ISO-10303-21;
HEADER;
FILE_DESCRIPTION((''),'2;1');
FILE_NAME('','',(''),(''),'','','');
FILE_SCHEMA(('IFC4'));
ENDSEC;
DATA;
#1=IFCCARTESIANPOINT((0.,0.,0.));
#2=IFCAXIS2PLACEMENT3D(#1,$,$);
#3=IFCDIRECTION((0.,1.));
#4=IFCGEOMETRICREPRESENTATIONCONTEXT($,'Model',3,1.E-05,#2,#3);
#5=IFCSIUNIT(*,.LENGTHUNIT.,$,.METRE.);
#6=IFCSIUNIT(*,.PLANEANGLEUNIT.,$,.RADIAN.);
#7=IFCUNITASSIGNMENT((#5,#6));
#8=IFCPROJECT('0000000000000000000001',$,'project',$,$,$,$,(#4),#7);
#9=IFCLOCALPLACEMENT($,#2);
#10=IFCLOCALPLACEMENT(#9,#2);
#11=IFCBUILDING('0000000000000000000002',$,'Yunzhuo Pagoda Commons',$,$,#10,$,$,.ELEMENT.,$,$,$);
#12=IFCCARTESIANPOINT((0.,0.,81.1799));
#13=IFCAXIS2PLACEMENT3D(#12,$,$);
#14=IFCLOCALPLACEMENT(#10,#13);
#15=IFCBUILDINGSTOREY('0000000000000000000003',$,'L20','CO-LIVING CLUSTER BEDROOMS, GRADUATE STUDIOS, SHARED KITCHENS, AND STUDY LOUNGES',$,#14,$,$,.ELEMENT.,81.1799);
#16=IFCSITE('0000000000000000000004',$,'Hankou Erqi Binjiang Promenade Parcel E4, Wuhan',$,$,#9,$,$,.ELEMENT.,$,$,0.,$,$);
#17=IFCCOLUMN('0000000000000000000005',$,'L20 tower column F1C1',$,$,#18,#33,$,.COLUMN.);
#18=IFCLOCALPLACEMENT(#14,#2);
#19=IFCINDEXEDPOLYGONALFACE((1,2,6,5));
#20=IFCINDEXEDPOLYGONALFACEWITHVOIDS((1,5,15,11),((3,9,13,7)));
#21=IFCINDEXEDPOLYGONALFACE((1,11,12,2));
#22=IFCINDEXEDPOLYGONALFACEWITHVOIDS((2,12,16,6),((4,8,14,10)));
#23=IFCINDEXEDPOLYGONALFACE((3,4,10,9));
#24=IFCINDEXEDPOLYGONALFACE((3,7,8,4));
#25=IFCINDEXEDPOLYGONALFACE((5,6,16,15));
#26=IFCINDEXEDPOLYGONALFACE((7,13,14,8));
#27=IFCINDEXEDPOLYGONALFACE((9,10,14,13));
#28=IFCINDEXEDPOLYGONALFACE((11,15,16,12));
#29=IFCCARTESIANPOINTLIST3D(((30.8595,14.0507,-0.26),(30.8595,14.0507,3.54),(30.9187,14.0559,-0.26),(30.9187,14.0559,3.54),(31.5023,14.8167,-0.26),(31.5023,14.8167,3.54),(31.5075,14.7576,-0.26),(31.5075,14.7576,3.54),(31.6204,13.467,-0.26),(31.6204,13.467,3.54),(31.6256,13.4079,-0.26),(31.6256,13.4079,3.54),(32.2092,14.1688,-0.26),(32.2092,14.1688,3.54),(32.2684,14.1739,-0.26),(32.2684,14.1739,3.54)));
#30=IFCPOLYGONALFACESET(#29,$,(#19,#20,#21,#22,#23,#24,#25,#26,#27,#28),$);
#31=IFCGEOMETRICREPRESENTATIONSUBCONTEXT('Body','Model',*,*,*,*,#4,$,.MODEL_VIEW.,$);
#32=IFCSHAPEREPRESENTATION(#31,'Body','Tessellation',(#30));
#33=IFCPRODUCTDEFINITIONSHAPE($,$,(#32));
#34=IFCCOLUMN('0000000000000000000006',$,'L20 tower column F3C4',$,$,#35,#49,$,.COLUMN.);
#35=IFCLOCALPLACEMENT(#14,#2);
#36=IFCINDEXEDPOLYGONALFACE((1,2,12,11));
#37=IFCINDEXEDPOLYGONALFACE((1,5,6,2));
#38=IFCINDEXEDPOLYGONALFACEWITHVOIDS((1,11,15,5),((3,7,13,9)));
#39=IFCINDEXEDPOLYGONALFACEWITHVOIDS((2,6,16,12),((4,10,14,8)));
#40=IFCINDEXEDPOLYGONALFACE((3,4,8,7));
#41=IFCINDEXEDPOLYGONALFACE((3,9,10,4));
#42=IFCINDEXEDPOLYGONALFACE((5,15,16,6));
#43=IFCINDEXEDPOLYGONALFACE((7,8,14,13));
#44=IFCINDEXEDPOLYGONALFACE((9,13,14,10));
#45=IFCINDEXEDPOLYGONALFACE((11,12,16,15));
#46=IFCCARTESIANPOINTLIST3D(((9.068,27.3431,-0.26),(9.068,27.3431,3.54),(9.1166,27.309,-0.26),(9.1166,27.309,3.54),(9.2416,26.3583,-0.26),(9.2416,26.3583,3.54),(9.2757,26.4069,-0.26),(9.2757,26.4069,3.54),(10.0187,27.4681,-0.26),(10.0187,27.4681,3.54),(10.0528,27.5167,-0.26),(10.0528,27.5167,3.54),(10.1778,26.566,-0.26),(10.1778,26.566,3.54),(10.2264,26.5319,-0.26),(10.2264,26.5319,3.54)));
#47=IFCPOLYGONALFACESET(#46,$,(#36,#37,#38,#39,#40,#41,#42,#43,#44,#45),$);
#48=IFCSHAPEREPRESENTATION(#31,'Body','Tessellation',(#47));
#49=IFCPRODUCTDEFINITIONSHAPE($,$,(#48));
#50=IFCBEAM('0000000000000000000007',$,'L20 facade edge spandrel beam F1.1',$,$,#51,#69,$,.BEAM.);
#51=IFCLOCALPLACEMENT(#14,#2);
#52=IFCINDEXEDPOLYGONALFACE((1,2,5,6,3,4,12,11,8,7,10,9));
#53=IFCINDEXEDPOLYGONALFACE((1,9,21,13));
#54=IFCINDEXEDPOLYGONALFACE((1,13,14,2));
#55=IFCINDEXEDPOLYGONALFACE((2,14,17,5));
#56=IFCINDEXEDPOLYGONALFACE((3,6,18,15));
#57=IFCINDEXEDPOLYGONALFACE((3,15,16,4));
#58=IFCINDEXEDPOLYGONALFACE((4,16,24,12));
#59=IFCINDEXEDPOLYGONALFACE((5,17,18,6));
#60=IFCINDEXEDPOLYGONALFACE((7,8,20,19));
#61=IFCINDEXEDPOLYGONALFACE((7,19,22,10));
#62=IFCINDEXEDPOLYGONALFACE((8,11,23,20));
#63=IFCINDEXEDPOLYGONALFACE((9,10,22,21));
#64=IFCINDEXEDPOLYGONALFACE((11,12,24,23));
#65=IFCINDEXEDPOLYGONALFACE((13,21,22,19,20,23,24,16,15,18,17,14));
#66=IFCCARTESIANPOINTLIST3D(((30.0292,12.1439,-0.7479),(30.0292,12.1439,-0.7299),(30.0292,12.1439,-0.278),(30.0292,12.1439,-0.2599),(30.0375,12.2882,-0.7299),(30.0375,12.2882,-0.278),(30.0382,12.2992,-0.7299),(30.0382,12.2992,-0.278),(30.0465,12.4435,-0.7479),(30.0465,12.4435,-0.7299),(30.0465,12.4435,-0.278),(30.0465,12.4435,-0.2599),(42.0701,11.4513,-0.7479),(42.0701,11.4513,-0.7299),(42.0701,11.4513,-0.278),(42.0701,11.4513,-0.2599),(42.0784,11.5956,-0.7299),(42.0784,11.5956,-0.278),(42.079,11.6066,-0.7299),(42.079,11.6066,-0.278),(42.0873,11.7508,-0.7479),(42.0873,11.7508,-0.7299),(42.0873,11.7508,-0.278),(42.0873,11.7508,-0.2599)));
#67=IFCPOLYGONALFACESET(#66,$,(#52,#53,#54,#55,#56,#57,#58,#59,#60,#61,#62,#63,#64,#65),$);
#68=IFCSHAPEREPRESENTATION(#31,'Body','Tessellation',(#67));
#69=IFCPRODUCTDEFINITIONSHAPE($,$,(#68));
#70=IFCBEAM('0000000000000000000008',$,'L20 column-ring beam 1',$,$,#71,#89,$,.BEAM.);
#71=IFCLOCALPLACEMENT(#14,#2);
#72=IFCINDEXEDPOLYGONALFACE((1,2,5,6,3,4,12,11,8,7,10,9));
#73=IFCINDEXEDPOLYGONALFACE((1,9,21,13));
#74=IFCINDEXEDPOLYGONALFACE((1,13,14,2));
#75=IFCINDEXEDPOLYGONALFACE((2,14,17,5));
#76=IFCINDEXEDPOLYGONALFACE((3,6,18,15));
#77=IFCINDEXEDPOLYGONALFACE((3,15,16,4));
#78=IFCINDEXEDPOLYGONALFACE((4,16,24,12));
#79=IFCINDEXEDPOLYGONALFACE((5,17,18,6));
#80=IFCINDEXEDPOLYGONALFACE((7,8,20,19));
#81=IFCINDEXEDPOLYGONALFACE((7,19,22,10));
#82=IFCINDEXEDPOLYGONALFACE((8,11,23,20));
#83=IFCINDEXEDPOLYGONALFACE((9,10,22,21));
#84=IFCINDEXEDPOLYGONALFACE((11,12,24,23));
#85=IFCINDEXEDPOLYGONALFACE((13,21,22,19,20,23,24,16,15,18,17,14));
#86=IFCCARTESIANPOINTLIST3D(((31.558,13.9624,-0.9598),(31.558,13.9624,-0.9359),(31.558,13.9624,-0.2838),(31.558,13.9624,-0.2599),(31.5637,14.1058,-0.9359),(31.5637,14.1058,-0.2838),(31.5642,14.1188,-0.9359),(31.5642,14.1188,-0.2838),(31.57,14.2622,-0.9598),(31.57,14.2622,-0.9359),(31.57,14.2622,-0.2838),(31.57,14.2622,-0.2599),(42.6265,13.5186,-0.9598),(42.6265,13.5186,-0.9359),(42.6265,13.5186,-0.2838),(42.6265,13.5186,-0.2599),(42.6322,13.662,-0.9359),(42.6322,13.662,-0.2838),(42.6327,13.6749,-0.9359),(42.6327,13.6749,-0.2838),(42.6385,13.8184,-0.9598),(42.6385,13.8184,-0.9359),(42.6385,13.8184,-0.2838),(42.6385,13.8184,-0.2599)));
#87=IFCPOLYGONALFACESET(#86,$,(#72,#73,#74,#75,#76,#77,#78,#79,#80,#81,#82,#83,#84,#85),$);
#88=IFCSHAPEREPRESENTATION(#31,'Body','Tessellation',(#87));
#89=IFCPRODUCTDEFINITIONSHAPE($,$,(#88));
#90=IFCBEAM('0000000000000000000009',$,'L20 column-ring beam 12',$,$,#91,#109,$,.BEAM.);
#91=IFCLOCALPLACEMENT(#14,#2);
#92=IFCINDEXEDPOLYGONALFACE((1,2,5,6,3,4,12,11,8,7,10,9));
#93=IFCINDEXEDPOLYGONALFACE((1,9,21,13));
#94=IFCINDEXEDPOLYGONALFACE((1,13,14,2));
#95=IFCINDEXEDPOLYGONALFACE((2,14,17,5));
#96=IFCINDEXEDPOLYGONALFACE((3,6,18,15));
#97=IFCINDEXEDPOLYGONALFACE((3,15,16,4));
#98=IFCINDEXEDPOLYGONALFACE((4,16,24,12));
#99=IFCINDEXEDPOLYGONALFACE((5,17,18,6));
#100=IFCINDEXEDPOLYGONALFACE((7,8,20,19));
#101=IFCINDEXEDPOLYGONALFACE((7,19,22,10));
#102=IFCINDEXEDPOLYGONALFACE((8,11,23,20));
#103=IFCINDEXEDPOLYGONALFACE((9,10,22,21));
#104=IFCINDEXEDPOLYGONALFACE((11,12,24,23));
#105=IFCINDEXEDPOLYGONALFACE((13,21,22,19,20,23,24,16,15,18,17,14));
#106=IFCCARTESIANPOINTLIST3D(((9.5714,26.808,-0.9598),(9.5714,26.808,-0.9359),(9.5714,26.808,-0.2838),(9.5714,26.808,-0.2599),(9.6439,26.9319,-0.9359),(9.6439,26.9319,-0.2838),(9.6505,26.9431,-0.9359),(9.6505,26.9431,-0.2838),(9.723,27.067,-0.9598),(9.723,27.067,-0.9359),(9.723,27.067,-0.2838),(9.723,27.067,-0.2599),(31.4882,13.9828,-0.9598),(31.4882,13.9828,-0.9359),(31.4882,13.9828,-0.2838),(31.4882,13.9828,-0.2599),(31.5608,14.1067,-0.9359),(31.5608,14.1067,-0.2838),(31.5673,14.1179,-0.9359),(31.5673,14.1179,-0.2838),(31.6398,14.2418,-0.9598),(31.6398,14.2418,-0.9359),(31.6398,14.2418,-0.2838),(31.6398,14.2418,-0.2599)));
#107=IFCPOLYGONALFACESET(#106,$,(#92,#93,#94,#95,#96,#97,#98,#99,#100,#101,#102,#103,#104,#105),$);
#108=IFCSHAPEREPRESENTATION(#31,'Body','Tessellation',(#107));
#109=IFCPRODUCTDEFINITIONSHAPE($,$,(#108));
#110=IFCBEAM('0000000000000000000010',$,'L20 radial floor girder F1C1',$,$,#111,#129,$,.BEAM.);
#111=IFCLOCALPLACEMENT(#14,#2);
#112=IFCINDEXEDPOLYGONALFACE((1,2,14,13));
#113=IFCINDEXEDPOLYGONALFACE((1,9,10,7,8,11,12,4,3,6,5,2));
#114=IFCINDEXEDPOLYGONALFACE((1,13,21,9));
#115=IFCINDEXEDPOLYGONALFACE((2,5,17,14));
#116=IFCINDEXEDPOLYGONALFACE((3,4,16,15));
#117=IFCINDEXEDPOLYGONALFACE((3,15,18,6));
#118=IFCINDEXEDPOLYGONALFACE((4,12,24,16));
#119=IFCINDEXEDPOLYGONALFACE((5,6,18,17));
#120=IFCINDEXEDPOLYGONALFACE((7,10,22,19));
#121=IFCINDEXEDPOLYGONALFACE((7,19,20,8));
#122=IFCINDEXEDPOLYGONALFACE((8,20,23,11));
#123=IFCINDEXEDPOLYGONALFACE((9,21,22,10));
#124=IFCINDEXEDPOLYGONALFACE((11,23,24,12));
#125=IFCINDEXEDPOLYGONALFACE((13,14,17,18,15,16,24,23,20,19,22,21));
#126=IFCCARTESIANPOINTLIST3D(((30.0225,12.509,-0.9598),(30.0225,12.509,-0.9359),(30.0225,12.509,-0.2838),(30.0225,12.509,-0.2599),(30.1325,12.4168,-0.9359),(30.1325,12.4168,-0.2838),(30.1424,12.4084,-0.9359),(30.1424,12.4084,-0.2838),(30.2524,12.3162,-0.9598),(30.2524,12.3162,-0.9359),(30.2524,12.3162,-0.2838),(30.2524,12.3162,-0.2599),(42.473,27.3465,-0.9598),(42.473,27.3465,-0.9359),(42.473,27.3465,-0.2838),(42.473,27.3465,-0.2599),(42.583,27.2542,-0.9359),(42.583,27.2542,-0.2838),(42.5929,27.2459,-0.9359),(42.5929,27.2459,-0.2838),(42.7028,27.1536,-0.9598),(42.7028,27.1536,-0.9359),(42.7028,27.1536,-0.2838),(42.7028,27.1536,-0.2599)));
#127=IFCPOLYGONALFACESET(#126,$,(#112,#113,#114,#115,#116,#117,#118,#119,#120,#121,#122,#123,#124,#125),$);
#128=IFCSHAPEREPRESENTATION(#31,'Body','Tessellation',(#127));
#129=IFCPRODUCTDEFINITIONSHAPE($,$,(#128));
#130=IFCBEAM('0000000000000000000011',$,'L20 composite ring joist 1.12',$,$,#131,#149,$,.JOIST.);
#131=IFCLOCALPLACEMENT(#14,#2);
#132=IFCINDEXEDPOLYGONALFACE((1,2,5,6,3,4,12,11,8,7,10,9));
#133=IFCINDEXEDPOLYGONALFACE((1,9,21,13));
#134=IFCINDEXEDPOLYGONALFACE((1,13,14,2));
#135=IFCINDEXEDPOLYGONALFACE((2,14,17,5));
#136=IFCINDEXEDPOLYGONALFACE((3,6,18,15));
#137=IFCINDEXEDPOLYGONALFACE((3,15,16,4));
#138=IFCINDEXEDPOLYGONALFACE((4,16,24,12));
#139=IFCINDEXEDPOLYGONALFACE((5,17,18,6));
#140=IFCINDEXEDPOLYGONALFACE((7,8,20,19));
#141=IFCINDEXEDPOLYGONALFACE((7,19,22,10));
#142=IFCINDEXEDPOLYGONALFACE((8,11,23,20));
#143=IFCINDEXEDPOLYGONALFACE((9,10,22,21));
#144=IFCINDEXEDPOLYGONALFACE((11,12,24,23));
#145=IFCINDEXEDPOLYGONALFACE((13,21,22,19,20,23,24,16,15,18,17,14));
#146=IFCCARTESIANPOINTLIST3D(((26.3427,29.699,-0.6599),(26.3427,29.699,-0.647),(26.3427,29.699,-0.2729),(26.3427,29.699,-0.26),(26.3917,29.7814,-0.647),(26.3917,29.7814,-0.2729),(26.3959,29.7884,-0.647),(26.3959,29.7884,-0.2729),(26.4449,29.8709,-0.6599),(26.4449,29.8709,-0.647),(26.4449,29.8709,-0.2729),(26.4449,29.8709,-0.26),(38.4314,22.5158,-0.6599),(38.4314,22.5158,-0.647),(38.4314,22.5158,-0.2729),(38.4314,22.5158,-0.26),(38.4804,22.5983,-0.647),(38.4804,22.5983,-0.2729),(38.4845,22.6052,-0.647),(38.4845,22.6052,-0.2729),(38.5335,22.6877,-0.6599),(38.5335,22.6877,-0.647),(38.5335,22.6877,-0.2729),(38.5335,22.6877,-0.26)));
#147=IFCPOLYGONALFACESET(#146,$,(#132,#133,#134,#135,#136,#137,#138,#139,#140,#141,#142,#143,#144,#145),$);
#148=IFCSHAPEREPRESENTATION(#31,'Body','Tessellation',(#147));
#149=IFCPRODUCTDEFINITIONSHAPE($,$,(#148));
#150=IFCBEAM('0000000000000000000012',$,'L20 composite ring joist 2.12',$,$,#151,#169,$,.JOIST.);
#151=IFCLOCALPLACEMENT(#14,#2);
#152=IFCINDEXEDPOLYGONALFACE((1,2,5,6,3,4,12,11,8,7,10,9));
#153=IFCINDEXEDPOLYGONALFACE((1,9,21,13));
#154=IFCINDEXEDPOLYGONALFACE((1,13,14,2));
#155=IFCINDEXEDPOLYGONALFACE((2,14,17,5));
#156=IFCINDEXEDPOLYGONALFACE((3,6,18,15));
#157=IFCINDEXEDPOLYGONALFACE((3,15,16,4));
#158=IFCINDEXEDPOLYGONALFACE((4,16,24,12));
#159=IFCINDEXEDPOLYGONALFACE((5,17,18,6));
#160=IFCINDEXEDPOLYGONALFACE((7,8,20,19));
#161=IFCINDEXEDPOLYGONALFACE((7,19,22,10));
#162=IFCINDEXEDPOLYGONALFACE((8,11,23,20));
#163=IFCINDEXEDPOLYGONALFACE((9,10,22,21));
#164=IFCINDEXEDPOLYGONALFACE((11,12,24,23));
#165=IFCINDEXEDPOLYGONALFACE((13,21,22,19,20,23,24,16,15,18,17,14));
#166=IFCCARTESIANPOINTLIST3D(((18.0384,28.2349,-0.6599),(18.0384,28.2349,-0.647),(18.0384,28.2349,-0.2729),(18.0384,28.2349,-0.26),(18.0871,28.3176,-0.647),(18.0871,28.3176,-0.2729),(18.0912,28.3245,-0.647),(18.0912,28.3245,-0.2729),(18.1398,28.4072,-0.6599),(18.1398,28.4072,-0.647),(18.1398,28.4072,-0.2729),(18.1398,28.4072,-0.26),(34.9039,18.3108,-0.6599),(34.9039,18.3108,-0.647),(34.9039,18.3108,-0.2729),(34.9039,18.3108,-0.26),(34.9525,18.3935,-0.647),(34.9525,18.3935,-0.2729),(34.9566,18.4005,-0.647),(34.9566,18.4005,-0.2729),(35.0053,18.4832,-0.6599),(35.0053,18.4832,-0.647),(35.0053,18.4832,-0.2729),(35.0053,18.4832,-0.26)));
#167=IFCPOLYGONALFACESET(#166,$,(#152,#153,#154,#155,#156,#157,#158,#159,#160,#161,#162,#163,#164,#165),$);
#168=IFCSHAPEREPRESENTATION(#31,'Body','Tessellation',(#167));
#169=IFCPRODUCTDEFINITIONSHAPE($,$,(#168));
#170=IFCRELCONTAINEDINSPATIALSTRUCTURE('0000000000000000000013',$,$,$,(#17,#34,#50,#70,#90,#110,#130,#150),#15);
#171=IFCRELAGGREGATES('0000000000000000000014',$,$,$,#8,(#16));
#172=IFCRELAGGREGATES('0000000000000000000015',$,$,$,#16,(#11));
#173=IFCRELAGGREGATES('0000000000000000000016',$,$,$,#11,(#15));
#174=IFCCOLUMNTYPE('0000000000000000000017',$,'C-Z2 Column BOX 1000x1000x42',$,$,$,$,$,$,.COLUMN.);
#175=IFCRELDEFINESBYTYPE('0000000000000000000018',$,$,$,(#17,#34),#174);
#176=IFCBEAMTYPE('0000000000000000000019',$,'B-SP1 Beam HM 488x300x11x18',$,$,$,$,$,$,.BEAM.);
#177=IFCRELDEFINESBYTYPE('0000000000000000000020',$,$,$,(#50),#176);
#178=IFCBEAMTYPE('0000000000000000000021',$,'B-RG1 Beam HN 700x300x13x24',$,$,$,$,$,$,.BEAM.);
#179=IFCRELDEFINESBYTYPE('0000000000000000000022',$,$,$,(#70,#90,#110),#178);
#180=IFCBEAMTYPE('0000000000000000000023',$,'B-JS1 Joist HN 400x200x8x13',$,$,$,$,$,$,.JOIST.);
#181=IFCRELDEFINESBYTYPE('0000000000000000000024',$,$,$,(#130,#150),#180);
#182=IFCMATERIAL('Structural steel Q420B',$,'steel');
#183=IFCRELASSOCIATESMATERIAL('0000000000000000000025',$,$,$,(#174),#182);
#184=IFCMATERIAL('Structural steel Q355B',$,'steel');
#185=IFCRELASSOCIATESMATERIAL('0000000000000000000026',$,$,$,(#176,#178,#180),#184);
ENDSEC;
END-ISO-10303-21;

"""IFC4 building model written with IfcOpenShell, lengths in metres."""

from ifc_helpers import new_model, si_unit, direction, frame, origin, origin_2d, place, context, subcontext, project, spatial, hollow_rectangle, i_section, extrude, source, transform, mapped, material, material_profile, profile_set, type_object, element, save


model = new_model("IFC4")

# Units and contexts
model_context = context("Model", 3, precision=1e-05, world=origin(), true_north=direction((0.0, 1.0)))
body_context = subcontext(model_context, "Body", "Model", "MODEL_VIEW")
ifc_project = project(units=[si_unit("LENGTHUNIT", "METRE"), si_unit("PLANEANGLEUNIT", "RADIAN")], contexts=[model_context])

# Site, building, storey
site_placement = place(None, origin())
site = spatial("IfcSite", under=ifc_project, at=site_placement, Name="Hankou Erqi Binjiang Promenade Parcel E4, Wuhan", CompositionType="ELEMENT", RefElevation=0.0)
building_placement = place(site_placement, origin())
building = spatial("IfcBuilding", under=site, at=building_placement, Name="Yunzhuo Pagoda Commons", CompositionType="ELEMENT")
storey_placement = place(building_placement, frame((0.0, 0.0, 81.1799)))
storey = spatial("IfcBuildingStorey", under=building, at=storey_placement, Name="L20", Description="CO-LIVING CLUSTER BEDROOMS, GRADUATE STUDIOS, SHARED KITCHENS, AND STUDY LOUNGES", CompositionType="ELEMENT", Elevation=81.1799)

# Columns
ifc_material_1 = material(Name="Structural steel Q420B", Category="steel")
ifc_material_profile_1 = material_profile(ifc_material_1, hollow_rectangle(XDim=1.0, YDim=1.0, WallThickness=0.042, at=origin_2d()), Name="Structural steel Q420B")
ifc_profile_set_1 = profile_set([ifc_material_profile_1], Name="Structural steel Q420B")
column_type = type_object("IfcColumnType", Name="C-Z2 Column BOX 1000x1000x42", PredefinedType="COLUMN", material=ifc_profile_set_1)
shared_shape_1 = source(origin(), body_context, "Body", "SweptSolid", [
    extrude(hollow_rectangle(XDim=1.0, YDim=1.0, WallThickness=0.042, at=origin_2d()), origin(), (0.0, 0.0, 1.0), 3.8),
])
for number, where, z_axis, x_axis, name in (
    (1, (31.564, 14.1123, -0.26), (0.0, 0.0, 1.0), (0.766044, -0.642788, 0.0), "L20 tower column F1C1"),
    (2, (9.6472, 26.9375, -0.26), (0.0, 0.0, 1.0), (0.173648, -0.984808, 0.0), "L20 tower column F3C4"),
):
    element("IfcColumn", number, at=place(storey_placement, frame(where, z_axis=z_axis, x_axis=x_axis)), inside=storey, type_object=column_type, Name=name, PredefinedType="COLUMN", context=body_context, shape_type="MappedRepresentation", body=[
        mapped(shared_shape_1, transform((0.0, 0.0, 0.0), scale=1.0)),
    ])

# Beams
ifc_material_2 = material(Name="Structural steel Q355B", Category="steel")
ifc_material_profile_2 = material_profile(ifc_material_2, i_section(OverallWidth=0.3, OverallDepth=0.488, WebThickness=0.011, FlangeThickness=0.0181, at=origin_2d()), Name="Structural steel Q355B")
ifc_profile_set_2 = profile_set([ifc_material_profile_2], Name="Structural steel Q355B")
beam_type_1 = type_object("IfcBeamType", Name="B-SP1 Beam HM 488x300x11x18", PredefinedType="BEAM", material=ifc_profile_set_2)
shared_shape_2 = source(origin(), body_context, "Body", "SweptSolid", [
    extrude(i_section(OverallWidth=0.3, OverallDepth=0.488, WebThickness=0.011, FlangeThickness=0.0181, at=origin_2d()), origin(), (0.0, 0.0, 1.0), 12.0608),
])
beam_1_placement = place(storey_placement, frame((30.0378, 12.2937, -0.5039), z_axis=(0.99835, -0.057429, 0.0), x_axis=(0.057429, 0.99835, 0.0)))
element("IfcBeam", 3, at=beam_1_placement, inside=storey, type_object=beam_type_1, Name="L20 facade edge spandrel beam F1.1", PredefinedType="BEAM", context=body_context, shape_type="MappedRepresentation", body=[
    mapped(shared_shape_2, transform((0.0, 0.0, 0.0), scale=1.0)),
])
ifc_material_profile_3 = material_profile(ifc_material_2, i_section(OverallWidth=0.3, OverallDepth=0.7, WebThickness=0.0129, FlangeThickness=0.0239, at=origin_2d()), Name="Structural steel Q355B")
ifc_profile_set_3 = profile_set([ifc_material_profile_3], Name="Structural steel Q355B")
beam_type_2 = type_object("IfcBeamType", Name="B-RG1 Beam HN 700x300x13x24", PredefinedType="BEAM", material=ifc_profile_set_3)
shared_shape_3 = source(origin(), body_context, "Body", "SweptSolid", [
    extrude(i_section(OverallWidth=0.3, OverallDepth=0.7, WebThickness=0.0129, FlangeThickness=0.0239, at=origin_2d()), origin(), (0.0, 0.0, 1.0), 11.0774),
])
beam_2_placement = place(storey_placement, frame((31.564, 14.1123, -0.6099), z_axis=(0.999197, -0.040067, 0.0), x_axis=(0.040067, 0.999197, 0.0)))
element("IfcBeam", 4, at=beam_2_placement, inside=storey, type_object=beam_type_2, Name="L20 column-ring beam 1", PredefinedType="BEAM", context=body_context, shape_type="MappedRepresentation", body=[
    mapped(shared_shape_3, transform((0.0, 0.0, 0.0), scale=1.0)),
])
shared_shape_4 = source(origin(), body_context, "Body", "SweptSolid", [
    extrude(i_section(OverallWidth=0.3, OverallDepth=0.7, WebThickness=0.0129, FlangeThickness=0.0239, at=origin_2d()), origin(), (0.0, 0.0, 1.0), 25.3936),
])
beam_3_placement = place(storey_placement, frame((9.6472, 26.9375, -0.6099), z_axis=(0.863085, -0.505058, 0.0), x_axis=(0.505058, 0.863085, 0.0)))
element("IfcBeam", 5, at=beam_3_placement, inside=storey, type_object=beam_type_2, Name="L20 column-ring beam 12", PredefinedType="BEAM", context=body_context, shape_type="MappedRepresentation", body=[
    mapped(shared_shape_4, transform((0.0, 0.0, 0.0), scale=1.0)),
])
shared_shape_5 = source(origin(), body_context, "Body", "SweptSolid", [
    extrude(i_section(OverallWidth=0.3, OverallDepth=0.7, WebThickness=0.0129, FlangeThickness=0.0239, at=origin_2d()), origin(), (0.0, 0.0, 1.0), 19.3691),
])
beam_4_placement = place(storey_placement, frame((30.1375, 12.4126, -0.6099), z_axis=(0.642799, 0.766035, 0.0), x_axis=(-0.766035, 0.642799, 0.0)))
element("IfcBeam", 6, at=beam_4_placement, inside=storey, type_object=beam_type_2, Name="L20 radial floor girder F1C1", PredefinedType="BEAM", context=body_context, shape_type="MappedRepresentation", body=[
    mapped(shared_shape_5, transform((0.0, 0.0, 0.0), scale=1.0)),
])
ifc_material_profile_4 = material_profile(ifc_material_2, i_section(OverallWidth=0.2, OverallDepth=0.3999, WebThickness=0.0081, FlangeThickness=0.0129, at=origin_2d()), Name="Structural steel Q355B")
ifc_profile_set_4 = profile_set([ifc_material_profile_4], Name="Structural steel Q355B")
beam_type_3 = type_object("IfcBeamType", Name="B-JS1 Joist HN 400x200x8x13", PredefinedType="JOIST", material=ifc_profile_set_4)
shared_shape_6 = source(origin(), body_context, "Body", "SweptSolid", [
    extrude(i_section(OverallWidth=0.2, OverallDepth=0.3999, WebThickness=0.0081, FlangeThickness=0.0129, at=origin_2d()), origin(), (0.0, 0.0, 1.0), 14.0618),
])
beam_5_placement = place(storey_placement, frame((26.3938, 29.7849, -0.46), z_axis=(0.859683, -0.510827, 0.0), x_axis=(0.510827, 0.859683, 0.0)))
element("IfcBeam", 7, at=beam_5_placement, inside=storey, type_object=beam_type_3, Name="L20 composite ring joist 1.12", PredefinedType="JOIST", context=body_context, shape_type="MappedRepresentation", body=[
    mapped(shared_shape_6, transform((0.0, 0.0, 0.0), scale=1.0)),
])
shared_shape_7 = source(origin(), body_context, "Body", "SweptSolid", [
    extrude(i_section(OverallWidth=0.2, OverallDepth=0.3999, WebThickness=0.0081, FlangeThickness=0.0129, at=origin_2d()), origin(), (0.0, 0.0, 1.0), 19.5686),
])
beam_6_placement = place(storey_placement, frame((18.0891, 28.321, -0.46), z_axis=(0.861863, -0.507142, 0.0), x_axis=(0.507142, 0.861863, 0.0)))
element("IfcBeam", 8, at=beam_6_placement, inside=storey, type_object=beam_type_3, Name="L20 composite ring joist 2.12", PredefinedType="JOIST", context=body_context, shape_type="MappedRepresentation", body=[
    mapped(shared_shape_7, transform((0.0, 0.0, 0.0), scale=1.0)),
])

save(model, "model.ifc")
